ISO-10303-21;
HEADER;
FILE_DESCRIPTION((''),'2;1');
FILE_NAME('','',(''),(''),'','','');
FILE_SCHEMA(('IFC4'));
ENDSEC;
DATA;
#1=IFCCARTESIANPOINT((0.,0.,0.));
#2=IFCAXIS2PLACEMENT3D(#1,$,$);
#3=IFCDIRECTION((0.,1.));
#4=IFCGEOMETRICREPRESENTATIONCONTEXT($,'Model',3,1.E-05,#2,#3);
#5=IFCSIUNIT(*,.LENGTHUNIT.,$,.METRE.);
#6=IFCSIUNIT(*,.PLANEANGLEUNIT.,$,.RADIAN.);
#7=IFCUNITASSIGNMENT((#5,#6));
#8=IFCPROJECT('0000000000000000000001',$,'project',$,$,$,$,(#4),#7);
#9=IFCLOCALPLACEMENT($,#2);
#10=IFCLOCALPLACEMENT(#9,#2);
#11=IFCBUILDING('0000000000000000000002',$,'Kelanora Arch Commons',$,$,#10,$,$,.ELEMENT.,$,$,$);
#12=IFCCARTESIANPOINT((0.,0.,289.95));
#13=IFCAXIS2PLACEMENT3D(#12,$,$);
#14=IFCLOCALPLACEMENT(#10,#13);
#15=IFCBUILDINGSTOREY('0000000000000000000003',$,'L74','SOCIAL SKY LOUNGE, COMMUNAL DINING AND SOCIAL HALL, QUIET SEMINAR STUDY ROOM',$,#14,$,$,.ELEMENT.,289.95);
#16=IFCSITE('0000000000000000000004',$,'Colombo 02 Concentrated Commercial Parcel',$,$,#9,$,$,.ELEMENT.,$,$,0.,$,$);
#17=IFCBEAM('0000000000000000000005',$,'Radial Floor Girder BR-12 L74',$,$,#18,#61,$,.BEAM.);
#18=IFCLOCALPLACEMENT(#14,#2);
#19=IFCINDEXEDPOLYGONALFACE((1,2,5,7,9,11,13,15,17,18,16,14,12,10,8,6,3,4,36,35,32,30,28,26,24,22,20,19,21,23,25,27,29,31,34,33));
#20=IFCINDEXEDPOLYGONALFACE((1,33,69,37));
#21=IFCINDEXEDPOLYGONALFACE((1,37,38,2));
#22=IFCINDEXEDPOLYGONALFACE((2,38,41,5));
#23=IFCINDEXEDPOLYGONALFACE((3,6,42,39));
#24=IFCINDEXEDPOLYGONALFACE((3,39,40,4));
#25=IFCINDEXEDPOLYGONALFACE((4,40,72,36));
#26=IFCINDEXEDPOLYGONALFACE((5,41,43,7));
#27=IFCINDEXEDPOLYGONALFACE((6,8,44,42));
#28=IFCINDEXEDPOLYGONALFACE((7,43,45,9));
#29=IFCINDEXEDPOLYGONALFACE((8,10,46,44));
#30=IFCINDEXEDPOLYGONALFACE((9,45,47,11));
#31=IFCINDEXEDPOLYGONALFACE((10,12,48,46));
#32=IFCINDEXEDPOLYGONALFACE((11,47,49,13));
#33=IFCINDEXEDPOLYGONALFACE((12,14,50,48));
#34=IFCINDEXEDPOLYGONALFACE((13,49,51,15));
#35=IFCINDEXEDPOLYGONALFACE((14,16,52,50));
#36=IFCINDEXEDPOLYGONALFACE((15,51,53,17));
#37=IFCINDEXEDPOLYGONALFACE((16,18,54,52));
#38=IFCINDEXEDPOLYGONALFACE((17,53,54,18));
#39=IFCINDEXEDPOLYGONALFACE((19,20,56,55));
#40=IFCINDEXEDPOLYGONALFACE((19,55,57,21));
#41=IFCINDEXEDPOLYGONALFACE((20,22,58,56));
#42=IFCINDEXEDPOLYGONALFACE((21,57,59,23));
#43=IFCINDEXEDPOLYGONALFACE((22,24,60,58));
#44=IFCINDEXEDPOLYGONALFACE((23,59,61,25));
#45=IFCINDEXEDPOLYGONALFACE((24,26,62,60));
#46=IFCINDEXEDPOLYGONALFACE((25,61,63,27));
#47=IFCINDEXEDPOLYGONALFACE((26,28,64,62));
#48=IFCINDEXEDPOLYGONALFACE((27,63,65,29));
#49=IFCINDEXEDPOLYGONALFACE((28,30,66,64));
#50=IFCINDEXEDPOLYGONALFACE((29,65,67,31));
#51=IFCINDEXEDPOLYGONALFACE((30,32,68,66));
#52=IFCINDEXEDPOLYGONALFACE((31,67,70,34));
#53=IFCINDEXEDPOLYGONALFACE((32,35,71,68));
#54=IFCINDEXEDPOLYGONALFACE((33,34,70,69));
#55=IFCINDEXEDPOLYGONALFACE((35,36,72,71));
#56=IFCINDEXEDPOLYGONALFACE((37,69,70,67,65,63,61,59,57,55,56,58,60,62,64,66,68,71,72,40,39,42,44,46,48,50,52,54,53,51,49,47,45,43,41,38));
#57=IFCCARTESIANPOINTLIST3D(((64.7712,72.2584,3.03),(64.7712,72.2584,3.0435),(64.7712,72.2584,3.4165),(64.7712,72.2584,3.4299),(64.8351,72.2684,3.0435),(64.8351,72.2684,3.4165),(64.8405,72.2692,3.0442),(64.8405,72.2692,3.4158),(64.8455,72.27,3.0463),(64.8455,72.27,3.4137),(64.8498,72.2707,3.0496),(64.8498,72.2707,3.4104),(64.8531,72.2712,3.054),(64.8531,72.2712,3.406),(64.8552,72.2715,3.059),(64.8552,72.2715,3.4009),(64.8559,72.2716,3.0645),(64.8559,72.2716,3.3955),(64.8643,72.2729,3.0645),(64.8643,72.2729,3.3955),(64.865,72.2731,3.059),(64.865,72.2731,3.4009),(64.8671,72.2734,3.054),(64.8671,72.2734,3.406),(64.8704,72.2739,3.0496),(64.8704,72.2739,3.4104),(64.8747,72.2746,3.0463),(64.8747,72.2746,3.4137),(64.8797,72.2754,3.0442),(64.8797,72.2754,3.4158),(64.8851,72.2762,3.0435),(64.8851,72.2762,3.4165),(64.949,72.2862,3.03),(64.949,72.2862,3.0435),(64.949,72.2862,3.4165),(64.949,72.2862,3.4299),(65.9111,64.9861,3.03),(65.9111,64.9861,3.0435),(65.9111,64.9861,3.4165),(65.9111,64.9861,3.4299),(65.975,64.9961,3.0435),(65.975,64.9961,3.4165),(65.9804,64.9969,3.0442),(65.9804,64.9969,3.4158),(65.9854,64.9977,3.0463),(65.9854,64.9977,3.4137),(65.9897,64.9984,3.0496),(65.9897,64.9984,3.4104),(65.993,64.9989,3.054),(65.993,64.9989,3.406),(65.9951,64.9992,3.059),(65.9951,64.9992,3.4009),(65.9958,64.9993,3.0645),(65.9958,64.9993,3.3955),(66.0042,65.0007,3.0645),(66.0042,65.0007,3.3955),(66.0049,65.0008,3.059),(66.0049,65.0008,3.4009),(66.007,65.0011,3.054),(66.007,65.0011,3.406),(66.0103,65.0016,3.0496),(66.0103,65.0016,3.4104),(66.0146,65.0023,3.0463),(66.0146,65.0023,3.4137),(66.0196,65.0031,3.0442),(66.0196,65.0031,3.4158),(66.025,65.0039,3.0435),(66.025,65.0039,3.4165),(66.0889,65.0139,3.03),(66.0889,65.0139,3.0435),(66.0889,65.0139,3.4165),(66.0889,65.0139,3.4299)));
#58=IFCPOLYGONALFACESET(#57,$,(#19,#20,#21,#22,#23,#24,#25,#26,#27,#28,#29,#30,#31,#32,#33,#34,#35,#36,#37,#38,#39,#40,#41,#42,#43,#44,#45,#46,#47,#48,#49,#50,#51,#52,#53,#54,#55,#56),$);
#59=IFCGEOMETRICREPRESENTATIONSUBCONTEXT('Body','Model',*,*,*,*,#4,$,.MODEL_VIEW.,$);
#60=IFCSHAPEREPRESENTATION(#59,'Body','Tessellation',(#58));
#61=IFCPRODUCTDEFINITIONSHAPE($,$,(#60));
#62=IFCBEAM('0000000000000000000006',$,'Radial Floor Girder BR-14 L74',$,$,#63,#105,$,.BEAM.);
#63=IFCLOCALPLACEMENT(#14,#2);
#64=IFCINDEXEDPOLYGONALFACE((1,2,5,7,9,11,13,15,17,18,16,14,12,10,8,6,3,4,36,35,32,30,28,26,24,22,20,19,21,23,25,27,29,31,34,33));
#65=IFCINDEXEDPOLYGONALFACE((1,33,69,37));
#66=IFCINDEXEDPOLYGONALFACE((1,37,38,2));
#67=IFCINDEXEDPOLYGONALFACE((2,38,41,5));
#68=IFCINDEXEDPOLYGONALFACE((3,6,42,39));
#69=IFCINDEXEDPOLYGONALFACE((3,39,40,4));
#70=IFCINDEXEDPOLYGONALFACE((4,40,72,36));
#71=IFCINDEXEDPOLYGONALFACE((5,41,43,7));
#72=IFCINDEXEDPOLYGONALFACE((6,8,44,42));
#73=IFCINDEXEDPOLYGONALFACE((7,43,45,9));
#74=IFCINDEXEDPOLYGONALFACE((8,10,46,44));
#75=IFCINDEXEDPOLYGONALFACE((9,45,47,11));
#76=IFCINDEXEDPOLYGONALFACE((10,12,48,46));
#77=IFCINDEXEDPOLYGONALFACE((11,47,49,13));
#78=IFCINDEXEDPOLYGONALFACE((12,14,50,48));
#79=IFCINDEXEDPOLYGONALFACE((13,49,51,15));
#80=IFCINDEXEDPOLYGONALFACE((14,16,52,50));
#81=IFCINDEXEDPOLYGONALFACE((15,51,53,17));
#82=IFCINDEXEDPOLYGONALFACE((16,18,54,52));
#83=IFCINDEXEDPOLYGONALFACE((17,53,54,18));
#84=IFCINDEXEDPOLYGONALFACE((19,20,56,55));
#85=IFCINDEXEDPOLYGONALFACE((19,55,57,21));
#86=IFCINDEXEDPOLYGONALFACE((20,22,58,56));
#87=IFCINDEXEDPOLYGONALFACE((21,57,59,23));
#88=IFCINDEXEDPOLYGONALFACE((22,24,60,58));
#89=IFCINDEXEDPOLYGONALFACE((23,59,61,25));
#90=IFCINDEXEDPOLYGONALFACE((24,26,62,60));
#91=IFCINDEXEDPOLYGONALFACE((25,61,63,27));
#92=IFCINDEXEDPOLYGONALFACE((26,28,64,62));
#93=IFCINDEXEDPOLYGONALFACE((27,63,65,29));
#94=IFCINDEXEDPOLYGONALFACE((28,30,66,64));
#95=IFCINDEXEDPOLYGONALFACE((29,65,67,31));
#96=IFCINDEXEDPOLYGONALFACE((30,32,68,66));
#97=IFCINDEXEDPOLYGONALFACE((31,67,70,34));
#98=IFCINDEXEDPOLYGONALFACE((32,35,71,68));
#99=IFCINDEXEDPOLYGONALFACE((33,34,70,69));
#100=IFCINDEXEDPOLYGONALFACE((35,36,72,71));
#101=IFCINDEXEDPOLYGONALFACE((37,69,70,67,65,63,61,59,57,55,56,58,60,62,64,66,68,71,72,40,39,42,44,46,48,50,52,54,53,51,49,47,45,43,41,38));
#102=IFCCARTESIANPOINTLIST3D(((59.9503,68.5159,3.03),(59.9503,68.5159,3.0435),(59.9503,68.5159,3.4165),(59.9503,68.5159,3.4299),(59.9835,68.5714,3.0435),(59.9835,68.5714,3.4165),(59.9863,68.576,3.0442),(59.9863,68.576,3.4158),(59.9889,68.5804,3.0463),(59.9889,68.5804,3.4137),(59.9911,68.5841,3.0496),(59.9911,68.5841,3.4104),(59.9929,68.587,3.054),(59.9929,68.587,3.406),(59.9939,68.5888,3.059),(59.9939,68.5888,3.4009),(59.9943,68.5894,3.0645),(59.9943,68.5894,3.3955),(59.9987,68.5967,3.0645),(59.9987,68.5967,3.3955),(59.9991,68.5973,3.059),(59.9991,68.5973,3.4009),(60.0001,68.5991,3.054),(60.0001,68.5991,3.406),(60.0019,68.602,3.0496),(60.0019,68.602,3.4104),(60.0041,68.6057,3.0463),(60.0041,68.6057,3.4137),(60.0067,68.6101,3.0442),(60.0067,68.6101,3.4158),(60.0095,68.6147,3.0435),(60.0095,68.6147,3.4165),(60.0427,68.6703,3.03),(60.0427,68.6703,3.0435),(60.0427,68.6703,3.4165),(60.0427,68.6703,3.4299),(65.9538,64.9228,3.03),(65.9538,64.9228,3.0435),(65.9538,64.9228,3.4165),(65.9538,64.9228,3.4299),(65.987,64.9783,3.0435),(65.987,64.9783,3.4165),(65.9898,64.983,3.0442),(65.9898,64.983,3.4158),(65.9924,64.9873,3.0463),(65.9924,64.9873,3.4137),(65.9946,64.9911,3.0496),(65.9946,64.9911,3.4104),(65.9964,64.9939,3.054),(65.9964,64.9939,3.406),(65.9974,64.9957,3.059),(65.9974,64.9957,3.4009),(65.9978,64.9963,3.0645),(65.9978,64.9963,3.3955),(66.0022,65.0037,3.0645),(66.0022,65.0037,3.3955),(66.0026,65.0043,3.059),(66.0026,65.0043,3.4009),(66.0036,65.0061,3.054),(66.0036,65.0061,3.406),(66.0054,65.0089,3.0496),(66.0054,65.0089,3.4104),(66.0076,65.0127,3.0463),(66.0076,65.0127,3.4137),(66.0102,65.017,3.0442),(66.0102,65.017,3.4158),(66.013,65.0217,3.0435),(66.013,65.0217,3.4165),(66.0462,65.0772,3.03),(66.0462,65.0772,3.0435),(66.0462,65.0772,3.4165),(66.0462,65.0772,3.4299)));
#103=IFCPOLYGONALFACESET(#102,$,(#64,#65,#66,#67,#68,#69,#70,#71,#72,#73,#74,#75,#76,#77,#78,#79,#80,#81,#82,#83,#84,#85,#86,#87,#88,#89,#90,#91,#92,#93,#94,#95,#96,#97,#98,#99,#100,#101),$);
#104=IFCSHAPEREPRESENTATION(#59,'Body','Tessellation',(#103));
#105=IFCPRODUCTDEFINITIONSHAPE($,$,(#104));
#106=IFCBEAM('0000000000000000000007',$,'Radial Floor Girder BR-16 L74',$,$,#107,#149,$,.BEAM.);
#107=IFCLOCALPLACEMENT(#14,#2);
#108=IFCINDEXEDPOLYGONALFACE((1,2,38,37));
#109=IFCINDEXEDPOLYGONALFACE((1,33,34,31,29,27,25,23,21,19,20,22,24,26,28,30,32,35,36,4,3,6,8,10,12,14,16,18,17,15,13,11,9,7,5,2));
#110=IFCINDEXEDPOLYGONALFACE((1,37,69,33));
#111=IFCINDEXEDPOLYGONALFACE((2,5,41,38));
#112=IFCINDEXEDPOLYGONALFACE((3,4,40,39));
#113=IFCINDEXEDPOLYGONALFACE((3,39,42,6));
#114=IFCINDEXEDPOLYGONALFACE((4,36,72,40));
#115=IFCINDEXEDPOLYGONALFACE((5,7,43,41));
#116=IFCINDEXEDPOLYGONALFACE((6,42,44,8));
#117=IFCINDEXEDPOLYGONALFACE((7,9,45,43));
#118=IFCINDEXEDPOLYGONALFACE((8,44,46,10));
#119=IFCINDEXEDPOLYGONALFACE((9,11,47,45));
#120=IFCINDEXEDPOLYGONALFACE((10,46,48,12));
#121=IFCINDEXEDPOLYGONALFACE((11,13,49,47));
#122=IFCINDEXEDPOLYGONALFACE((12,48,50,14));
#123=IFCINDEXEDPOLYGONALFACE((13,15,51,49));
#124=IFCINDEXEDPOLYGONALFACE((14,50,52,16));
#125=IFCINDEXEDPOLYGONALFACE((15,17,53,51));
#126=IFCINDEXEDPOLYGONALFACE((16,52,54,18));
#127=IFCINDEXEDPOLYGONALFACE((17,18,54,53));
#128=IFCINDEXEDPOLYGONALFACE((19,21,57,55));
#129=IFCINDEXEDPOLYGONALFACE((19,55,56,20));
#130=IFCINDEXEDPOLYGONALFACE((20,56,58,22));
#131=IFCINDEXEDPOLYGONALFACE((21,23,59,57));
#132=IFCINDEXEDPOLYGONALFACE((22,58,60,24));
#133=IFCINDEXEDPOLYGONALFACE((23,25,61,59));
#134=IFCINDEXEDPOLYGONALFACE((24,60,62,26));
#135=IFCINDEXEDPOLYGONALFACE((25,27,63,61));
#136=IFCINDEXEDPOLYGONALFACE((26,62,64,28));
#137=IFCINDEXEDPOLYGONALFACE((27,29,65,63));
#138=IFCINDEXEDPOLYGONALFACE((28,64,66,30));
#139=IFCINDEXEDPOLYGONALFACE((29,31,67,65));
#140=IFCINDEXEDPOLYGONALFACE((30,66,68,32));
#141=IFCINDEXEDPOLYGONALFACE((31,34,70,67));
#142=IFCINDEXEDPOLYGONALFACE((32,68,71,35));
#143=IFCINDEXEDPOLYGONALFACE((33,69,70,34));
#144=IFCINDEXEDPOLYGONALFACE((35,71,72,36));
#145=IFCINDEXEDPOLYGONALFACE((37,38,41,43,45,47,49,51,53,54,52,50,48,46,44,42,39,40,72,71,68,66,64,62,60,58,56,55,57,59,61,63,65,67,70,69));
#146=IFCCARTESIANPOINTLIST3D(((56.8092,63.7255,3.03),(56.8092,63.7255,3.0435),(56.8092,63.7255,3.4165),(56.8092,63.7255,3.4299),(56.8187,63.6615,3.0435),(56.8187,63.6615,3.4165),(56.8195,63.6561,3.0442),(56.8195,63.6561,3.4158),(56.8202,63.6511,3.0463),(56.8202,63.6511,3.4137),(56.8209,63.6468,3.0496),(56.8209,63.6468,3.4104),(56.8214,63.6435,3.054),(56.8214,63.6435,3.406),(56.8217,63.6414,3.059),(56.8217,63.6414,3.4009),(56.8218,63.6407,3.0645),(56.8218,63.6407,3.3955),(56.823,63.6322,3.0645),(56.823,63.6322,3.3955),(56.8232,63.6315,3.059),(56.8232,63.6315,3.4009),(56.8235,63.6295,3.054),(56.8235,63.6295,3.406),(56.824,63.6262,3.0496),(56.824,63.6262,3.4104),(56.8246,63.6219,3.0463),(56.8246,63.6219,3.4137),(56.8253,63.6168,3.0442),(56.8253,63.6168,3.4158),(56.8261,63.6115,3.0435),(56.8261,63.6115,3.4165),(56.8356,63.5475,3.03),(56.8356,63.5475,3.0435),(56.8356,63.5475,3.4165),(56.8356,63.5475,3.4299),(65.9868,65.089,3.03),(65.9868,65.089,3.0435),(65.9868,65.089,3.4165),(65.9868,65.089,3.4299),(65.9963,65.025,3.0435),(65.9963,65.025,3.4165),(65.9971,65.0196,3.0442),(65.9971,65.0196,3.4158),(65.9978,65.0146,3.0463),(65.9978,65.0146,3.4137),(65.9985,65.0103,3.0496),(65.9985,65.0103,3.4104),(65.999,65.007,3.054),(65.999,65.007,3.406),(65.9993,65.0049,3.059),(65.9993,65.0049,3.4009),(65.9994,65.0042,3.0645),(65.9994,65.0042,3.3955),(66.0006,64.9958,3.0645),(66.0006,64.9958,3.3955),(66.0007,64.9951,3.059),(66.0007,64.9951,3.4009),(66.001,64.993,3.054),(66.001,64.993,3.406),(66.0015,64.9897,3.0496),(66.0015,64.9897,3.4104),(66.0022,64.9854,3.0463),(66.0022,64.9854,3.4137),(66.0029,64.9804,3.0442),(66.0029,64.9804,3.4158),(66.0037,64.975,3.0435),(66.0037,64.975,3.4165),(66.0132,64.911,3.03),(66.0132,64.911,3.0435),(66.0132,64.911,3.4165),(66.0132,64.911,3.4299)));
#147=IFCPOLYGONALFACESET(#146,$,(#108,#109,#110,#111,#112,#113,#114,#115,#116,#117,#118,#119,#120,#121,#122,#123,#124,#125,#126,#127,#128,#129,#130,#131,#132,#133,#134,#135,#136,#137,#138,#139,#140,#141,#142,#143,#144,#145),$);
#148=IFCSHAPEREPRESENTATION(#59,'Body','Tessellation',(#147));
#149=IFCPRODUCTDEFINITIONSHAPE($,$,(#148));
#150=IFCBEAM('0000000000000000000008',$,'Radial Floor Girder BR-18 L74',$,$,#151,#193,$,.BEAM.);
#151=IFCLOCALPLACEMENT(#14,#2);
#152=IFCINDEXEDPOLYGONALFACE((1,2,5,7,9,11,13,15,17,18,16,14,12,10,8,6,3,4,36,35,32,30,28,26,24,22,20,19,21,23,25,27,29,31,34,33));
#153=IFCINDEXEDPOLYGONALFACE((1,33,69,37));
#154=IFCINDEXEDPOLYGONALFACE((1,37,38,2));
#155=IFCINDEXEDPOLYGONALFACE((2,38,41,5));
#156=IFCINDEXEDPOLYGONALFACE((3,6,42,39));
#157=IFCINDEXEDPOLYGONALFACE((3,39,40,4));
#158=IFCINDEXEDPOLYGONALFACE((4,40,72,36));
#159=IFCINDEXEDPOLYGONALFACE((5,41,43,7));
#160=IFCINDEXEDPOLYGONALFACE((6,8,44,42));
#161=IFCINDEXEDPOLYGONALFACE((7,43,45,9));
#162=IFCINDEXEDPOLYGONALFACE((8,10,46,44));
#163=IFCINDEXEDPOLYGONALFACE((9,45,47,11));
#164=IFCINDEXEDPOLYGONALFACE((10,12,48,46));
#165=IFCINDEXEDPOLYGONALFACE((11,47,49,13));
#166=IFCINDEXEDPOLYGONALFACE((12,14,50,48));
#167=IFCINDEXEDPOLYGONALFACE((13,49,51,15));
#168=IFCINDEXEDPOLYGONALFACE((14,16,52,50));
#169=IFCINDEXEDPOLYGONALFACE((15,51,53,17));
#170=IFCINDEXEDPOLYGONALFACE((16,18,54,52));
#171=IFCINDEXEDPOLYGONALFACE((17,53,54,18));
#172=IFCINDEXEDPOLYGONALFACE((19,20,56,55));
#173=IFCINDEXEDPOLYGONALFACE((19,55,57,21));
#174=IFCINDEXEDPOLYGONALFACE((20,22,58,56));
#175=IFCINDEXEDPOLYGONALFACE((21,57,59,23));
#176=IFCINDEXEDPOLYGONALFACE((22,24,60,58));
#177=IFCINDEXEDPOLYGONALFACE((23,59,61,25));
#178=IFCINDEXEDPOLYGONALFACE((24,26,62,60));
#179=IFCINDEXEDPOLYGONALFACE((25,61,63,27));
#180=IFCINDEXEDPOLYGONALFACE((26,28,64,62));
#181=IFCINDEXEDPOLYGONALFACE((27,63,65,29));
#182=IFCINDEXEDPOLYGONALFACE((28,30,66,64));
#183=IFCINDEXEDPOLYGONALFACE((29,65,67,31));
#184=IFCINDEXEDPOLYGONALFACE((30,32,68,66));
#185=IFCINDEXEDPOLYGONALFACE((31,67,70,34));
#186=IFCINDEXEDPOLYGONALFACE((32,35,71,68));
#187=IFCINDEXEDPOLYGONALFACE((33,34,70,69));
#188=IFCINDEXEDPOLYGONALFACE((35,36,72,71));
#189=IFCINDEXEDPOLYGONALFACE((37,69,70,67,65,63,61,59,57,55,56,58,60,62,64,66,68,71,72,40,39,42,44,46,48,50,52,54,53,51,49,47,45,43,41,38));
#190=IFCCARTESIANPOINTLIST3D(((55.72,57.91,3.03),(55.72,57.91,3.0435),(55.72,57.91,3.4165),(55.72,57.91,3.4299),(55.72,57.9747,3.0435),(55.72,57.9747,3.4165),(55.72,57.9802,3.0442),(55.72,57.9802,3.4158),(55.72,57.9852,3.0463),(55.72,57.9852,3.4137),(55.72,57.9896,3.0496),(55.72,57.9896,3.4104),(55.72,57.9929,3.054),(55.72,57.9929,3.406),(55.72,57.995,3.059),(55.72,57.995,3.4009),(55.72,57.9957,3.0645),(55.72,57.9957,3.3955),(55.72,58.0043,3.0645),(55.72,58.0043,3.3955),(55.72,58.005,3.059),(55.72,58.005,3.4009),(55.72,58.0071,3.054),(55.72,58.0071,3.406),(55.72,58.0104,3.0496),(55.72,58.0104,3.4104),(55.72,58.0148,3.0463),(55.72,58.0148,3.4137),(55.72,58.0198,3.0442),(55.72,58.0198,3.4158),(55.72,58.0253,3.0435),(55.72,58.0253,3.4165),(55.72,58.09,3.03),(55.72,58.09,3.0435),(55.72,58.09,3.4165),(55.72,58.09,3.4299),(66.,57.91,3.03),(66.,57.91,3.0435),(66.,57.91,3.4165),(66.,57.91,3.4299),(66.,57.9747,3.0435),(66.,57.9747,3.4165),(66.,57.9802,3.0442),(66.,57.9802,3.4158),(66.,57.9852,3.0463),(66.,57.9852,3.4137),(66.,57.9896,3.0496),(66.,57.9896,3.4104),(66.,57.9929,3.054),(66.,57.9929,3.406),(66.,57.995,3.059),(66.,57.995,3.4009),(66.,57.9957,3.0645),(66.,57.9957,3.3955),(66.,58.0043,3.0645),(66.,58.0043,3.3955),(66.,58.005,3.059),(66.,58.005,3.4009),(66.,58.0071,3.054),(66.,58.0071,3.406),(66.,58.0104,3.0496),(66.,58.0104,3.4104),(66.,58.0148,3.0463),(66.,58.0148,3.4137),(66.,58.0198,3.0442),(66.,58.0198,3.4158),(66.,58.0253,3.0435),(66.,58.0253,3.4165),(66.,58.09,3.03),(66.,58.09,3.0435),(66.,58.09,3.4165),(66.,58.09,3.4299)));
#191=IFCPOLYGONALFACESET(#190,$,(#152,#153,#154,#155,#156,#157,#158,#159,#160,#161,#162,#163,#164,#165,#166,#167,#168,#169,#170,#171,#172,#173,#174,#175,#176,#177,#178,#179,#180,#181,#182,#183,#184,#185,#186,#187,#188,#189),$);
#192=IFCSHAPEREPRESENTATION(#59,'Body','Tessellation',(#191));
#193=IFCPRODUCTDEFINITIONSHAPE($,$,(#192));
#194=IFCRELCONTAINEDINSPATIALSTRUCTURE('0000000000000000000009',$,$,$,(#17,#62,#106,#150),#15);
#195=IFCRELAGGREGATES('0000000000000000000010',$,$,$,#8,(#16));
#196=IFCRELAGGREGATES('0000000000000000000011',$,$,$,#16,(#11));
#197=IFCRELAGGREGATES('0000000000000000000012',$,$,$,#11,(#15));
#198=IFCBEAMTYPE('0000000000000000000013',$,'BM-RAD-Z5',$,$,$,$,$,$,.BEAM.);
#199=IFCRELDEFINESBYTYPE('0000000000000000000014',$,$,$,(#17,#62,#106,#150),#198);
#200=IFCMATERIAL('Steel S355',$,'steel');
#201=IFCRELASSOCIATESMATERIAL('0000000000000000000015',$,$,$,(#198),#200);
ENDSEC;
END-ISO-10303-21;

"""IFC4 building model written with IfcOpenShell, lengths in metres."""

from ifc_helpers import new_model, si_unit, direction, frame, origin, origin_2d, place, context, subcontext, project, spatial, i_section, extrude, material, material_profile, profile_set, type_object, element, save


model = new_model("IFC4")

# Units and contexts
model_context = context("Model", 3, precision=1e-05, world=origin(), true_north=direction((0.0, 1.0)))
body_context = subcontext(model_context, "Body", "Model", "MODEL_VIEW")
ifc_project = project(units=[si_unit("LENGTHUNIT", "METRE"), si_unit("PLANEANGLEUNIT", "RADIAN")], contexts=[model_context])

# Site, building, storey
site_placement = place(None, origin())
site = spatial("IfcSite", under=ifc_project, at=site_placement, Name="Colombo 02 Concentrated Commercial Parcel", CompositionType="ELEMENT", RefElevation=0.0)
building_placement = place(site_placement, origin())
building = spatial("IfcBuilding", under=site, at=building_placement, Name="Kelanora Arch Commons", CompositionType="ELEMENT")
storey_placement = place(building_placement, frame((0.0, 0.0, 289.95)))
storey = spatial("IfcBuildingStorey", under=building, at=storey_placement, Name="L74", Description="SOCIAL SKY LOUNGE, COMMUNAL DINING AND SOCIAL HALL, QUIET SEMINAR STUDY ROOM", CompositionType="ELEMENT", Elevation=289.95)

# Beams
ifc_material_1 = material(Name="Steel S355", Category="steel")
ifc_material_profile_1 = material_profile(ifc_material_1, i_section(OverallWidth=0.1799, OverallDepth=0.3999, WebThickness=0.0085, FlangeThickness=0.0134, FilletRadius=0.021, at=origin_2d()), Name="IPE400")
ifc_profile_set_1 = profile_set([ifc_material_profile_1], Name="Steel S355")
beam_type_1 = type_object("IfcBeamType", Name="BM-RAD-Z5", PredefinedType="BEAM", material=ifc_profile_set_1)
beam_1_placement = place(storey_placement, frame((66.0, 65.0, 3.23), z_axis=(-0.154855, 0.987937, 0.0), x_axis=(-0.987937, -0.154855, 0.0)))
element("IfcBeam", 1, at=beam_1_placement, inside=storey, type_object=beam_type_1, Name="Radial Floor Girder BR-12 L74", PredefinedType="BEAM", context=body_context, shape_type="SweptSolid", body=[
    extrude(i_section(OverallWidth=0.1799, OverallDepth=0.3999, WebThickness=0.0085, FlangeThickness=0.0134, FilletRadius=0.021, at=origin_2d()), origin(), (0.0, 0.0, 1.0), 7.3611),
])
beam_2_placement = place(storey_placement, frame((66.0, 65.0, 3.23), z_axis=(-0.858062, 0.513546, 0.0), x_axis=(-0.513546, -0.858062, 0.0)))
element("IfcBeam", 2, at=beam_2_placement, inside=storey, type_object=beam_type_1, Name="Radial Floor Girder BR-14 L74", PredefinedType="BEAM", context=body_context, shape_type="SweptSolid", body=[
    extrude(i_section(OverallWidth=0.1799, OverallDepth=0.3999, WebThickness=0.0085, FlangeThickness=0.0134, FilletRadius=0.021, at=origin_2d()), origin(), (0.0, 0.0, 1.0), 6.9966),
])
beam_3_placement = place(storey_placement, frame((66.0, 65.0, 3.23), z_axis=(-0.989142, -0.14696, 0.0), x_axis=(0.14696, -0.989142, 0.0)))
element("IfcBeam", 3, at=beam_3_placement, inside=storey, type_object=beam_type_1, Name="Radial Floor Girder BR-16 L74", PredefinedType="BEAM", context=body_context, shape_type="SweptSolid", body=[
    extrude(i_section(OverallWidth=0.1799, OverallDepth=0.3999, WebThickness=0.0085, FlangeThickness=0.0134, FilletRadius=0.021, at=origin_2d()), origin(), (0.0, 0.0, 1.0), 9.2783),
])
beam_4_placement = place(storey_placement, frame((66.0, 58.0, 3.23), z_axis=(-1.0, 0.0, 0.0), x_axis=(0.0, -1.0, 0.0)))
element("IfcBeam", 4, at=beam_4_placement, inside=storey, type_object=beam_type_1, Name="Radial Floor Girder BR-18 L74", PredefinedType="BEAM", context=body_context, shape_type="SweptSolid", body=[
    extrude(i_section(OverallWidth=0.1799, OverallDepth=0.3999, WebThickness=0.0085, FlangeThickness=0.0134, FilletRadius=0.021, at=origin_2d()), origin(), (0.0, 0.0, 1.0), 10.28),
])

save(model, "model.ifc")
